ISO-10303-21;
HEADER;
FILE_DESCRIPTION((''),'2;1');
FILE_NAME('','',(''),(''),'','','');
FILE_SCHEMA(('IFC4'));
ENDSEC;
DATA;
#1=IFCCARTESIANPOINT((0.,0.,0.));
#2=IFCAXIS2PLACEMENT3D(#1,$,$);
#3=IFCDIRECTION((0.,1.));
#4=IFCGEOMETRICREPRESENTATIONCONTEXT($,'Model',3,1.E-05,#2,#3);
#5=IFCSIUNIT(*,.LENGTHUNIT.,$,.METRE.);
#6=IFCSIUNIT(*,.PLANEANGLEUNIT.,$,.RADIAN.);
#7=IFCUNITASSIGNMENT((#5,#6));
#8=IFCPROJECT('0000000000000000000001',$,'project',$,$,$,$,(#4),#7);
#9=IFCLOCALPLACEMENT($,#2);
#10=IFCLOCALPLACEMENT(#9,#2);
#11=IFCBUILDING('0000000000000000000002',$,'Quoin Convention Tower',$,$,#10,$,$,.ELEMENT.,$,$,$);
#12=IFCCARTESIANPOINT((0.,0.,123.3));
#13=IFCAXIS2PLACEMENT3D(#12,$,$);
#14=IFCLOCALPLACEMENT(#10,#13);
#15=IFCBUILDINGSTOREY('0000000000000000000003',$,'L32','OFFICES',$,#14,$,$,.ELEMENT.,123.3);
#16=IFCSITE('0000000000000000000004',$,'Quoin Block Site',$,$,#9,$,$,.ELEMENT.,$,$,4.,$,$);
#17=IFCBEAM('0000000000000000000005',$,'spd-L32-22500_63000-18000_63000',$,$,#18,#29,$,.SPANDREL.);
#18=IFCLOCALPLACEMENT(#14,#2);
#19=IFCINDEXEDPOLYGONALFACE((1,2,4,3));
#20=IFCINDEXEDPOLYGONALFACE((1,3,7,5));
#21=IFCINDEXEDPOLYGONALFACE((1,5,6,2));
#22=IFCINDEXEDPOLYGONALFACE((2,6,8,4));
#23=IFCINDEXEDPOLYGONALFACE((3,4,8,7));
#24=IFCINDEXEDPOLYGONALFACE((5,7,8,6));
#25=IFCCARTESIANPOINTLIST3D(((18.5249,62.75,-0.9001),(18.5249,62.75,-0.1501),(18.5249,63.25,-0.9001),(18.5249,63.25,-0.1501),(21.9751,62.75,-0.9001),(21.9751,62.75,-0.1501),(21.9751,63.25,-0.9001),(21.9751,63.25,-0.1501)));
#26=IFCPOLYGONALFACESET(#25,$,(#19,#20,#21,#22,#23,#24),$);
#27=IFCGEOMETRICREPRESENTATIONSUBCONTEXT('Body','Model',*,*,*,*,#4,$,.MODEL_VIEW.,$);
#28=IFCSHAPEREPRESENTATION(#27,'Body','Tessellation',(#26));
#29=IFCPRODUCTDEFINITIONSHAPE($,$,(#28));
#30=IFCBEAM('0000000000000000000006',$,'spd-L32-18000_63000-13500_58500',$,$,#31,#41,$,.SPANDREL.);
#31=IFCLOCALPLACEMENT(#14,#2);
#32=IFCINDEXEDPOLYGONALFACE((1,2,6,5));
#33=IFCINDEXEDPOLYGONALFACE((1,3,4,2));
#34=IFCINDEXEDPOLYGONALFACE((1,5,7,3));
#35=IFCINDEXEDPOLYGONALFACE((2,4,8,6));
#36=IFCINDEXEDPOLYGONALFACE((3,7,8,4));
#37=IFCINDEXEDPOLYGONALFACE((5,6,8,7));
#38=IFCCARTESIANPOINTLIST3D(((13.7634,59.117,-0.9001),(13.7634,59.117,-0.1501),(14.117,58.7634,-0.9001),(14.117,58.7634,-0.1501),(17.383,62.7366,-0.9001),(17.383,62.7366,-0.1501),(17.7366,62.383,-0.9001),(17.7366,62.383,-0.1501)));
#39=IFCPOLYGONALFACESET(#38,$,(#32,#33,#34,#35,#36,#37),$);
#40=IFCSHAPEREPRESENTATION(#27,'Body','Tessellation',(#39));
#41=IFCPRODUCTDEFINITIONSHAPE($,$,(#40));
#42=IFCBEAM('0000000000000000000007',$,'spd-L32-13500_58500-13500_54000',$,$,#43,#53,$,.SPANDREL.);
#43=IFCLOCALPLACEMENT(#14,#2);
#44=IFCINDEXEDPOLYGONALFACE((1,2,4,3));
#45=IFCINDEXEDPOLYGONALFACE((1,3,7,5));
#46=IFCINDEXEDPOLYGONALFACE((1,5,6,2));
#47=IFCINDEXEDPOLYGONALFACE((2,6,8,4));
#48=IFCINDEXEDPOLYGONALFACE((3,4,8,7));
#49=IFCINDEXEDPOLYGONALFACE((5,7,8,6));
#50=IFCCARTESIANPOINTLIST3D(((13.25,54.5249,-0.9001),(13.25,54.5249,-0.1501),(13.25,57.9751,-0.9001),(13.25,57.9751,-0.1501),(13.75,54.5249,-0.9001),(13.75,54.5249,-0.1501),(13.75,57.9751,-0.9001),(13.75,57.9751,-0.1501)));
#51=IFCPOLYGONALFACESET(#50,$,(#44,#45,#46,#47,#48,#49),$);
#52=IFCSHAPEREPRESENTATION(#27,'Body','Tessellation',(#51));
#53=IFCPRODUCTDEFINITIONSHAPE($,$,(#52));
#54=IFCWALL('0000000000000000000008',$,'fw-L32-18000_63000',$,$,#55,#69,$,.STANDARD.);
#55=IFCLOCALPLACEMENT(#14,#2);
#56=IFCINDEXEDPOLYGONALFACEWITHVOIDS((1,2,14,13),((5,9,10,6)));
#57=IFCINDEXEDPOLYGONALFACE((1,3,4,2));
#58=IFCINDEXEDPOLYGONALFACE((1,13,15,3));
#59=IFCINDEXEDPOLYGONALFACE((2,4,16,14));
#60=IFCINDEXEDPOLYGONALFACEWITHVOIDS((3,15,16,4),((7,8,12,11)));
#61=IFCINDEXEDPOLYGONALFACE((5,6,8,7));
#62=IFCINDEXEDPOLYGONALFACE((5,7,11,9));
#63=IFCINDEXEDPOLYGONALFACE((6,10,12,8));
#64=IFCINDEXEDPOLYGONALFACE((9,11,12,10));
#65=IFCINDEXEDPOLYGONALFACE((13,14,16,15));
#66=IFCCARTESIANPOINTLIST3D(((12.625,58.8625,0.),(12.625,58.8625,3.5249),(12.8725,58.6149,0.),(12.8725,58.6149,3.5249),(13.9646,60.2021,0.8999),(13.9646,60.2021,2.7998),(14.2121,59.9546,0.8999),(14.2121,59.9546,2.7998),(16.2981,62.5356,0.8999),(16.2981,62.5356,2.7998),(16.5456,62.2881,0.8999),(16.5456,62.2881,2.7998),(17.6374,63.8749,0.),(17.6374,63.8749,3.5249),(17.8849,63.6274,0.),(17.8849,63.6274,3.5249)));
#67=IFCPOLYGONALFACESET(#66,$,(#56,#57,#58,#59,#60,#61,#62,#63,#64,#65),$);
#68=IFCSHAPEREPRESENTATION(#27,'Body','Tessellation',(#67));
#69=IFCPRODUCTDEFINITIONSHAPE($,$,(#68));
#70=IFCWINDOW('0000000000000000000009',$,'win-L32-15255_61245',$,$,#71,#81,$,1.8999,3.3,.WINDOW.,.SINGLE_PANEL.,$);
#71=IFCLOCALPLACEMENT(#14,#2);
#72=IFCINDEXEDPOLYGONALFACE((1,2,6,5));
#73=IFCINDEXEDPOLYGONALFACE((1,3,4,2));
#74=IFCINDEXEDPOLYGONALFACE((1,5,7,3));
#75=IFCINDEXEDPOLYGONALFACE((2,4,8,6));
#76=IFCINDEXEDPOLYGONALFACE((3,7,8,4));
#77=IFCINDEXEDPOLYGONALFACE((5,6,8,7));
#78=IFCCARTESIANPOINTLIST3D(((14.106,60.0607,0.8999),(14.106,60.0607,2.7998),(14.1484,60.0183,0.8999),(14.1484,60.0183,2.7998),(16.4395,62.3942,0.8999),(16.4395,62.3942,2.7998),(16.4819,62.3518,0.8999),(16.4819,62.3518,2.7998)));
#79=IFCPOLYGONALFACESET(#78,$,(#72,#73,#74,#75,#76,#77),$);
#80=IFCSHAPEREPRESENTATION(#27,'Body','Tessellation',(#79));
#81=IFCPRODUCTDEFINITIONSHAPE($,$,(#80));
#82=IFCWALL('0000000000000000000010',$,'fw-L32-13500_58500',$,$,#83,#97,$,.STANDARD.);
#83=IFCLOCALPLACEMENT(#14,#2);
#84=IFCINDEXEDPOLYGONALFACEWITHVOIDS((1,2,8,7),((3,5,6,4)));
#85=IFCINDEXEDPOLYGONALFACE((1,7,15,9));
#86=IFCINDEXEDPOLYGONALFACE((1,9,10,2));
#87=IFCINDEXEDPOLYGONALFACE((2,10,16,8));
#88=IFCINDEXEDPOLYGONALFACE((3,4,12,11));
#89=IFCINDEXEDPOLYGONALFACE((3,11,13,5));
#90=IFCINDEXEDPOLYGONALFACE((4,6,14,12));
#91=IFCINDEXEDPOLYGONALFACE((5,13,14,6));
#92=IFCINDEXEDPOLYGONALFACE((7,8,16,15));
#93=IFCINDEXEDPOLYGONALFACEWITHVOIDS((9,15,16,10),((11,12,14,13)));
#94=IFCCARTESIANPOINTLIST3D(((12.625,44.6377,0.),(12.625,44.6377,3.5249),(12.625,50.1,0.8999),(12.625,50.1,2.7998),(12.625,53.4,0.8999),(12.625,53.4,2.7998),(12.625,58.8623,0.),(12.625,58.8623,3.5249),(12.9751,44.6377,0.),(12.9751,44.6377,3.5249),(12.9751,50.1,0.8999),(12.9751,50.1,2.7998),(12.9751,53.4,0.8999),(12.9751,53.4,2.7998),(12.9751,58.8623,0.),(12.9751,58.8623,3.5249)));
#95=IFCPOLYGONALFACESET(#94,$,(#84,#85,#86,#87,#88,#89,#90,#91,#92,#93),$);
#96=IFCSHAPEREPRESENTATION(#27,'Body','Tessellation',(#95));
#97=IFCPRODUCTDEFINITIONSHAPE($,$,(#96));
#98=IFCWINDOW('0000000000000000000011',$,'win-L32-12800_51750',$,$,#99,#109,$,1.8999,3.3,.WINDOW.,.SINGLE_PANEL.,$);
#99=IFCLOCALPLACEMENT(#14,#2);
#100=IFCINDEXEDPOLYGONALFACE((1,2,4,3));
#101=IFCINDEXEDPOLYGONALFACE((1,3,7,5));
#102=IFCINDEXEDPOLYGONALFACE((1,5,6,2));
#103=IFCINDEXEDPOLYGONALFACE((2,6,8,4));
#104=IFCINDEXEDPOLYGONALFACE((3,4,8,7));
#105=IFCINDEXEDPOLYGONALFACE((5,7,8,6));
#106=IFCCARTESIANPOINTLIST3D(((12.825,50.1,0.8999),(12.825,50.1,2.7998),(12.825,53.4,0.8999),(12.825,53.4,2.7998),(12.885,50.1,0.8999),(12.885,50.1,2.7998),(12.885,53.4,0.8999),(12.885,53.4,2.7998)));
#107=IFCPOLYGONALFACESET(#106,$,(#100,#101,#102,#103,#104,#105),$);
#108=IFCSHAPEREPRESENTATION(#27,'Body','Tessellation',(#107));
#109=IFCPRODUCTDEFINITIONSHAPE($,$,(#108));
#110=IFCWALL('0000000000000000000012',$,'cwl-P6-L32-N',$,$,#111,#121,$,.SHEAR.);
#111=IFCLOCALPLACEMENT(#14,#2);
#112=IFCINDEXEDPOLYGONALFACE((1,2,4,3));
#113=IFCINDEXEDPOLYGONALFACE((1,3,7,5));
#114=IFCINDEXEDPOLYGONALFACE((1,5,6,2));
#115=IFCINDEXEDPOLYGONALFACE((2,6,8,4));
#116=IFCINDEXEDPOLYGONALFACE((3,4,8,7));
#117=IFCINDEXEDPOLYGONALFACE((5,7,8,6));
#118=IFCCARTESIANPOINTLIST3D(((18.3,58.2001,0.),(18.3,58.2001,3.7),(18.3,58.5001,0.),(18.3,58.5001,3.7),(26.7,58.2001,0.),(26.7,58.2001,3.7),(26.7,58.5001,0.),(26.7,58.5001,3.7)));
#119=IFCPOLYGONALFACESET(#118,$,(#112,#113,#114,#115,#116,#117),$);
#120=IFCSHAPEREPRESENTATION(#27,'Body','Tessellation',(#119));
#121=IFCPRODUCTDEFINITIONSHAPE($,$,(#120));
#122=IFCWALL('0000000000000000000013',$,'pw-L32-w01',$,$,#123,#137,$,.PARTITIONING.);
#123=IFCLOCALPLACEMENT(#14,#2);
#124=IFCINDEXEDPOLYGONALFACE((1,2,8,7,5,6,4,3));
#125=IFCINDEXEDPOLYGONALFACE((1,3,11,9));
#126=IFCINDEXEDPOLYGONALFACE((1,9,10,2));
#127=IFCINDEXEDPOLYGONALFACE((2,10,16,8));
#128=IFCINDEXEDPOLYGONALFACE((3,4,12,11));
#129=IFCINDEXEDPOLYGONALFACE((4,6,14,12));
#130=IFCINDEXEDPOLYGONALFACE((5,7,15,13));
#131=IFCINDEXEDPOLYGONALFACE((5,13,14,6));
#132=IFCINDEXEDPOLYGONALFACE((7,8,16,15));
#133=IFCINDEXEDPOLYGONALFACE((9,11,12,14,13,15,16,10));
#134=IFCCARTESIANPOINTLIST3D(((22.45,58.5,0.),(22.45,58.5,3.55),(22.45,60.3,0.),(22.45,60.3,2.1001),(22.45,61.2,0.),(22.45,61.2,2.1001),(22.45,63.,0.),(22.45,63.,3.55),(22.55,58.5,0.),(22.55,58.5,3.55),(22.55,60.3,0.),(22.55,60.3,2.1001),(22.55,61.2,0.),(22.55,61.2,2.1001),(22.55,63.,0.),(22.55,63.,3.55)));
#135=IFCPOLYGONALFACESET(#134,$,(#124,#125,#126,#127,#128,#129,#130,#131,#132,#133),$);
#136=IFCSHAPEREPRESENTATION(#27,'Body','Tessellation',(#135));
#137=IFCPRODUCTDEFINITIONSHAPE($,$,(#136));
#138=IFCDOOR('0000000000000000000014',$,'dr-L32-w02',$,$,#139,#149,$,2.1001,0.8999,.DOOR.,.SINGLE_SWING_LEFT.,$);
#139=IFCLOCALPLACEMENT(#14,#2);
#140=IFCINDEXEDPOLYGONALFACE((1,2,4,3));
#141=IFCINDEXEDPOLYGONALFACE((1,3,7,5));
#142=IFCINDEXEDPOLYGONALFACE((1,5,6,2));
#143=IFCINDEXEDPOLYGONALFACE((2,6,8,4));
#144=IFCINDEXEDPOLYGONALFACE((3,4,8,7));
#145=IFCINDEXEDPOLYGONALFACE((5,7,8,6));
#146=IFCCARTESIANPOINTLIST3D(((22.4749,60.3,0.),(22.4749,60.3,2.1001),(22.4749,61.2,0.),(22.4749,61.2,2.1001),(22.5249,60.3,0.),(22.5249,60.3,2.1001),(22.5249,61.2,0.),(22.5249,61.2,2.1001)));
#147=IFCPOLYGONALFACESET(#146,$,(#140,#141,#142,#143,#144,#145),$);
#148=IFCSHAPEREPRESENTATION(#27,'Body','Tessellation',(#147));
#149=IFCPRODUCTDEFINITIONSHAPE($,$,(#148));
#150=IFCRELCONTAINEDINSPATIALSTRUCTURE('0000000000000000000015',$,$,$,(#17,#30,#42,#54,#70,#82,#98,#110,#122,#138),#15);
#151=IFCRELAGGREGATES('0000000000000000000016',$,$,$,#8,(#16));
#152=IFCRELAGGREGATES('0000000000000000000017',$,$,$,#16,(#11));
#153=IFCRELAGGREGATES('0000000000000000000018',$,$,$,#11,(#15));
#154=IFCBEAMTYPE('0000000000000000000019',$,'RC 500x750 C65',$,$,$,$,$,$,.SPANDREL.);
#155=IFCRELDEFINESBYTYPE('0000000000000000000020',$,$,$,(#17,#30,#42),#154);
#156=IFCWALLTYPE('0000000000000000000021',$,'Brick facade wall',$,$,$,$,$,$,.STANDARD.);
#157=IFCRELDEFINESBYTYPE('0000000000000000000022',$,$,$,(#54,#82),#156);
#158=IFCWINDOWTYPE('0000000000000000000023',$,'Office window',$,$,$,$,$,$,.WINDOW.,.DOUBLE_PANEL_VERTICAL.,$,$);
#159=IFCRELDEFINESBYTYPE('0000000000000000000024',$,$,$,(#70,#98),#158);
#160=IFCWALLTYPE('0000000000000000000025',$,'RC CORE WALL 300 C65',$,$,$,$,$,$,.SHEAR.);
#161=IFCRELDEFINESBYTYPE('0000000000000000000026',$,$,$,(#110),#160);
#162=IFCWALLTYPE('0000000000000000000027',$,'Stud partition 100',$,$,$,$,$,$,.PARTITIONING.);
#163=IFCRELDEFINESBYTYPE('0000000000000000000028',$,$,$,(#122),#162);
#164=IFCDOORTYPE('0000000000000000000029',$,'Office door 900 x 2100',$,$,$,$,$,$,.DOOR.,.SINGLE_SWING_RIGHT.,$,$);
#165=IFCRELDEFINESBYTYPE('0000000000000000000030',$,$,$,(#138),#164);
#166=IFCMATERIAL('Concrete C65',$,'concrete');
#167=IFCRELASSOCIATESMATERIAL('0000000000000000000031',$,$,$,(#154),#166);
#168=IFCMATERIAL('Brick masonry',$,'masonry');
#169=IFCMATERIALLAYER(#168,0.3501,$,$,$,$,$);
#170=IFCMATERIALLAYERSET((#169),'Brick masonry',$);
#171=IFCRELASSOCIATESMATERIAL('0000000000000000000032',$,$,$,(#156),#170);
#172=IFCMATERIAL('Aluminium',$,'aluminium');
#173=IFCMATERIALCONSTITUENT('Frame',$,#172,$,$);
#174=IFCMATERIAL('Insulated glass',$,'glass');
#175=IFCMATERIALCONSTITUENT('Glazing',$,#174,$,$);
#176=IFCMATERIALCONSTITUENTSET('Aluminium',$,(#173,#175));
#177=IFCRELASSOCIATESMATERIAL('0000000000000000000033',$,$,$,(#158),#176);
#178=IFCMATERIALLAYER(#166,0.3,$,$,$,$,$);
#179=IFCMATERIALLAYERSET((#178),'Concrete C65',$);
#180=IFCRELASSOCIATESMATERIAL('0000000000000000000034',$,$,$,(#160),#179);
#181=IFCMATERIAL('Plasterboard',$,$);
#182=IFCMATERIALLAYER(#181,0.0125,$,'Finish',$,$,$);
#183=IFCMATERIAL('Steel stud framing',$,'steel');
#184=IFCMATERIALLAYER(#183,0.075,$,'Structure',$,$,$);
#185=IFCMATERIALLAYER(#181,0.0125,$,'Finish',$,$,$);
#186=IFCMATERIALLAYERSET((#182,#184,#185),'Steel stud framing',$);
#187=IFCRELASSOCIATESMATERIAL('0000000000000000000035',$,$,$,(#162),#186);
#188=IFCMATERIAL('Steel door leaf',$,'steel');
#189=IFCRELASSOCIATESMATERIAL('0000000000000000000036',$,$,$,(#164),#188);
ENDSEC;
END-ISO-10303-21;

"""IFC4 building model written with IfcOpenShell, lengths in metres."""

from ifc_helpers import new_model, si_unit, direction, frame, frame_2d, origin, origin_2d, place, context, subcontext, project, spatial, rectangle, extrude, material, layer, layer_set, constituent, constituent_set, material_profile, profile_set, type_object, element, fill, save


model = new_model("IFC4")

# Units and contexts
model_context = context("Model", 3, precision=1e-05, world=origin(), true_north=direction((0.0, 1.0)))
body_context = subcontext(model_context, "Body", "Model", "MODEL_VIEW")
ifc_project = project(units=[si_unit("LENGTHUNIT", "METRE"), si_unit("PLANEANGLEUNIT", "RADIAN")], contexts=[model_context])

# Site, building, storey
site_placement = place(None, origin())
site = spatial("IfcSite", under=ifc_project, at=site_placement, Name="Quoin Block Site", CompositionType="ELEMENT", RefElevation=4.0)
building_placement = place(site_placement, origin())
building = spatial("IfcBuilding", under=site, at=building_placement, Name="Quoin Convention Tower", CompositionType="ELEMENT")
storey_placement = place(building_placement, frame((0.0, 0.0, 123.3)))
storey = spatial("IfcBuildingStorey", under=building, at=storey_placement, Name="L32", Description="OFFICES", CompositionType="ELEMENT", Elevation=123.3)

# Shared definitions
ifc_material_1 = material(Name="Concrete C65", Category="concrete")

# Beams
ifc_material_profile_1 = material_profile(ifc_material_1, rectangle(XDim=0.5, YDim=0.75, at=origin_2d()), Name="RC 500x750")
ifc_profile_set_1 = profile_set([ifc_material_profile_1], Name="Concrete C65")
beam_type_1 = type_object("IfcBeamType", Name="RC 500x750 C65", PredefinedType="SPANDREL", material=ifc_profile_set_1)
beam_1_placement = place(storey_placement, frame((21.9751, 63.0, -0.5251), z_axis=(-1.0, 0.0, 0.0), x_axis=(0.0, -1.0, 0.0)))
element("IfcBeam", 1, at=beam_1_placement, inside=storey, type_object=beam_type_1, Name="spd-L32-22500_63000-18000_63000", PredefinedType="SPANDREL", context=body_context, shape_type="SweptSolid", body=[
    extrude(rectangle(XDim=0.5, YDim=0.75, at=origin_2d()), origin(), (0.0, 0.0, 1.0), 3.4502),
])
beam_2_placement = place(storey_placement, frame((17.5598, 62.5598, -0.5251), z_axis=(-0.707107, -0.707107, 0.0), x_axis=(0.707107, -0.707107, 0.0)))
element("IfcBeam", 2, at=beam_2_placement, inside=storey, type_object=beam_type_1, Name="spd-L32-18000_63000-13500_58500", PredefinedType="SPANDREL", context=body_context, shape_type="SweptSolid", body=[
    extrude(rectangle(XDim=0.5, YDim=0.75, at=origin_2d()), origin(), (0.0, 0.0, 1.0), 5.1189),
])
beam_3_placement = place(storey_placement, frame((13.5, 57.9751, -0.5251), z_axis=(0.0, -1.0, 0.0), x_axis=(1.0, 0.0, 0.0)))
element("IfcBeam", 3, at=beam_3_placement, inside=storey, type_object=beam_type_1, Name="spd-L32-13500_58500-13500_54000", PredefinedType="SPANDREL", context=body_context, shape_type="SweptSolid", body=[
    extrude(rectangle(XDim=0.5, YDim=0.75, at=origin_2d()), origin(), (0.0, 0.0, 1.0), 3.4502),
])

# Walls, openings, windows
ifc_material_2 = material(Name="Brick masonry", Category="masonry")
ifc_layer_1 = layer(ifc_material_2, 0.3501)
ifc_layer_set_1 = layer_set([ifc_layer_1], Name="Brick masonry")
wall_type_1 = type_object("IfcWallType", Name="Brick facade wall", PredefinedType="STANDARD", material=ifc_layer_set_1)
wall_1_placement = place(storey_placement, frame((17.7612, 63.7512, 0.0), z_axis=(0.0, 0.0, 1.0), x_axis=(-0.707107, -0.707107, 0.0)))
wall_1 = element("IfcWall", 4, at=wall_1_placement, inside=storey, type_object=wall_type_1, Name="fw-L32-18000_63000", PredefinedType="STANDARD", context=body_context, shape_type="SweptSolid", body=[
    extrude(rectangle(XDim=7.0886, YDim=0.3501, at=frame_2d((3.5444, 0.0))), origin(), (0.0, 0.0, 1.0), 3.5249),
])
opening_1_placement = place(wall_1_placement, frame((1.8943, 0.0, 0.8999)))
opening_1 = element("IfcOpeningElement", 5, at=opening_1_placement, cuts=wall_1, PredefinedType="OPENING", context=body_context, shape_type="SweptSolid", body=[
    extrude(rectangle(XDim=3.3, YDim=1.8999, at=frame_2d((1.6499, 0.95))), frame((0.0, 0.1851, 0.0), z_axis=(0.0, -1.0, 0.0), x_axis=(1.0, 0.0, 0.0)), (0.0, 0.0, 1.0), 0.3701),
])
ifc_material_3 = material(Name="Aluminium", Category="aluminium")
ifc_constituent_1 = constituent(ifc_material_3, Name="Frame")
ifc_material_4 = material(Name="Insulated glass", Category="glass")
ifc_constituent_2 = constituent(ifc_material_4, Name="Glazing")
ifc_constituent_set = constituent_set(constituents=[ifc_constituent_1, ifc_constituent_2], Name="Aluminium")
window_type = type_object("IfcWindowType", Name="Office window", PartitioningType="DOUBLE_PANEL_VERTICAL", PredefinedType="WINDOW", material=ifc_constituent_set)
window_1_placement = place(opening_1_placement, origin())
window_1 = element("IfcWindow", 6, at=window_1_placement, inside=storey, type_object=window_type, Name="win-L32-15255_61245", OverallHeight=1.8999, OverallWidth=3.3, PartitioningType="SINGLE_PANEL", PredefinedType="WINDOW", context=body_context, shape_type="SweptSolid", body=[
    extrude(rectangle(XDim=3.3, YDim=1.8999, at=frame_2d((1.6499, 0.95))), frame((0.0, 0.085, 0.0), z_axis=(0.0, -1.0, 0.0), x_axis=(1.0, 0.0, 0.0)), (0.0, 0.0, 1.0), 0.0601),
])
fill(opening_1, window_1)
wall_2_placement = place(storey_placement, frame((12.8, 58.8623, 0.0), z_axis=(0.0, 0.0, 1.0), x_axis=(0.0, -1.0, 0.0)))
wall_2 = element("IfcWall", 7, at=wall_2_placement, inside=storey, type_object=wall_type_1, Name="fw-L32-13500_58500", PredefinedType="STANDARD", context=body_context, shape_type="SweptSolid", body=[
    extrude(rectangle(XDim=14.2246, YDim=0.3501, at=frame_2d((7.1123, 0.0))), origin(), (0.0, 0.0, 1.0), 3.5249),
])
opening_2_placement = place(wall_2_placement, frame((5.4624, 0.0, 0.8999)))
opening_2 = element("IfcOpeningElement", 8, at=opening_2_placement, cuts=wall_2, PredefinedType="OPENING", context=body_context, shape_type="SweptSolid", body=[
    extrude(rectangle(XDim=3.3, YDim=1.8999, at=frame_2d((1.6499, 0.95))), frame((0.0, 0.1851, 0.0), z_axis=(0.0, -1.0, 0.0), x_axis=(1.0, 0.0, 0.0)), (0.0, 0.0, 1.0), 0.3701),
])
window_2_placement = place(opening_2_placement, origin())
window_2 = element("IfcWindow", 9, at=window_2_placement, inside=storey, type_object=window_type, Name="win-L32-12800_51750", OverallHeight=1.8999, OverallWidth=3.3, PartitioningType="SINGLE_PANEL", PredefinedType="WINDOW", context=body_context, shape_type="SweptSolid", body=[
    extrude(rectangle(XDim=3.3, YDim=1.8999, at=frame_2d((1.6499, 0.95))), frame((0.0, 0.085, 0.0), z_axis=(0.0, -1.0, 0.0), x_axis=(1.0, 0.0, 0.0)), (0.0, 0.0, 1.0), 0.0601),
])
fill(opening_2, window_2)

# Wall
ifc_layer_2 = layer(ifc_material_1, 0.3)
ifc_layer_set_2 = layer_set([ifc_layer_2], Name="Concrete C65")
wall_type_2 = type_object("IfcWallType", Name="RC CORE WALL 300 C65", PredefinedType="SHEAR", material=ifc_layer_set_2)
wall_3_placement = place(storey_placement, frame((18.3, 58.3501, 0.0), z_axis=(0.0, 0.0, 1.0), x_axis=(1.0, 0.0, 0.0)))
element("IfcWall", 10, at=wall_3_placement, inside=storey, type_object=wall_type_2, Name="cwl-P6-L32-N", PredefinedType="SHEAR", context=body_context, shape_type="SweptSolid", body=[
    extrude(rectangle(XDim=8.3999, YDim=0.3, at=frame_2d((4.2, 0.0))), origin(), (0.0, 0.0, 1.0), 3.7),
])

# Wall, opening, door
ifc_material_5 = material(Name="Plasterboard")
ifc_layer_3 = layer(ifc_material_5, 0.0125, Name="Finish")
ifc_material_6 = material(Name="Steel stud framing", Category="steel")
ifc_layer_4 = layer(ifc_material_6, 0.075, Name="Structure")
ifc_layer_5 = layer(ifc_material_5, 0.0125, Name="Finish")
ifc_layer_set_3 = layer_set([ifc_layer_3, ifc_layer_4, ifc_layer_5], Name="Steel stud framing")
wall_type_3 = type_object("IfcWallType", Name="Stud partition 100", PredefinedType="PARTITIONING", material=ifc_layer_set_3)
wall_4_placement = place(storey_placement, frame((22.5, 63.0, 0.0), z_axis=(0.0, 0.0, 1.0), x_axis=(0.0, -1.0, 0.0)))
wall_4 = element("IfcWall", 11, at=wall_4_placement, inside=storey, type_object=wall_type_3, Name="pw-L32-w01", PredefinedType="PARTITIONING", context=body_context, shape_type="SweptSolid", body=[
    extrude(rectangle(XDim=4.5, YDim=0.1001, at=frame_2d((2.25, 0.0))), origin(), (0.0, 0.0, 1.0), 3.55),
])
opening_3_placement = place(wall_4_placement, frame((1.8, 0.0, 0.0)))
opening_3 = element("IfcOpeningElement", 12, at=opening_3_placement, cuts=wall_4, PredefinedType="OPENING", context=body_context, shape_type="SweptSolid", body=[
    extrude(rectangle(XDim=0.8999, YDim=2.1001, at=frame_2d((0.45, 1.05))), frame((0.0, 0.0601, 0.0), z_axis=(0.0, -1.0, 0.0), x_axis=(1.0, 0.0, 0.0)), (0.0, 0.0, 1.0), 0.1201),
])
ifc_material_7 = material(Name="Steel door leaf", Category="steel")
door_type = type_object("IfcDoorType", Name="Office door 900 x 2100", OperationType="SINGLE_SWING_RIGHT", PredefinedType="DOOR", material=ifc_material_7)
door_placement = place(opening_3_placement, origin())
door = element("IfcDoor", 13, at=door_placement, inside=storey, type_object=door_type, Name="dr-L32-w02", OperationType="SINGLE_SWING_LEFT", OverallHeight=2.1001, OverallWidth=0.8999, PredefinedType="DOOR", context=body_context, shape_type="SweptSolid", body=[
    extrude(rectangle(XDim=0.8999, YDim=2.1001, at=frame_2d((0.45, 1.05))), frame((0.0, 0.0249, 0.0), z_axis=(0.0, -1.0, 0.0), x_axis=(1.0, 0.0, 0.0)), (0.0, 0.0, 1.0), 0.05),
])
fill(opening_3, door)

save(model, "model.ifc")
